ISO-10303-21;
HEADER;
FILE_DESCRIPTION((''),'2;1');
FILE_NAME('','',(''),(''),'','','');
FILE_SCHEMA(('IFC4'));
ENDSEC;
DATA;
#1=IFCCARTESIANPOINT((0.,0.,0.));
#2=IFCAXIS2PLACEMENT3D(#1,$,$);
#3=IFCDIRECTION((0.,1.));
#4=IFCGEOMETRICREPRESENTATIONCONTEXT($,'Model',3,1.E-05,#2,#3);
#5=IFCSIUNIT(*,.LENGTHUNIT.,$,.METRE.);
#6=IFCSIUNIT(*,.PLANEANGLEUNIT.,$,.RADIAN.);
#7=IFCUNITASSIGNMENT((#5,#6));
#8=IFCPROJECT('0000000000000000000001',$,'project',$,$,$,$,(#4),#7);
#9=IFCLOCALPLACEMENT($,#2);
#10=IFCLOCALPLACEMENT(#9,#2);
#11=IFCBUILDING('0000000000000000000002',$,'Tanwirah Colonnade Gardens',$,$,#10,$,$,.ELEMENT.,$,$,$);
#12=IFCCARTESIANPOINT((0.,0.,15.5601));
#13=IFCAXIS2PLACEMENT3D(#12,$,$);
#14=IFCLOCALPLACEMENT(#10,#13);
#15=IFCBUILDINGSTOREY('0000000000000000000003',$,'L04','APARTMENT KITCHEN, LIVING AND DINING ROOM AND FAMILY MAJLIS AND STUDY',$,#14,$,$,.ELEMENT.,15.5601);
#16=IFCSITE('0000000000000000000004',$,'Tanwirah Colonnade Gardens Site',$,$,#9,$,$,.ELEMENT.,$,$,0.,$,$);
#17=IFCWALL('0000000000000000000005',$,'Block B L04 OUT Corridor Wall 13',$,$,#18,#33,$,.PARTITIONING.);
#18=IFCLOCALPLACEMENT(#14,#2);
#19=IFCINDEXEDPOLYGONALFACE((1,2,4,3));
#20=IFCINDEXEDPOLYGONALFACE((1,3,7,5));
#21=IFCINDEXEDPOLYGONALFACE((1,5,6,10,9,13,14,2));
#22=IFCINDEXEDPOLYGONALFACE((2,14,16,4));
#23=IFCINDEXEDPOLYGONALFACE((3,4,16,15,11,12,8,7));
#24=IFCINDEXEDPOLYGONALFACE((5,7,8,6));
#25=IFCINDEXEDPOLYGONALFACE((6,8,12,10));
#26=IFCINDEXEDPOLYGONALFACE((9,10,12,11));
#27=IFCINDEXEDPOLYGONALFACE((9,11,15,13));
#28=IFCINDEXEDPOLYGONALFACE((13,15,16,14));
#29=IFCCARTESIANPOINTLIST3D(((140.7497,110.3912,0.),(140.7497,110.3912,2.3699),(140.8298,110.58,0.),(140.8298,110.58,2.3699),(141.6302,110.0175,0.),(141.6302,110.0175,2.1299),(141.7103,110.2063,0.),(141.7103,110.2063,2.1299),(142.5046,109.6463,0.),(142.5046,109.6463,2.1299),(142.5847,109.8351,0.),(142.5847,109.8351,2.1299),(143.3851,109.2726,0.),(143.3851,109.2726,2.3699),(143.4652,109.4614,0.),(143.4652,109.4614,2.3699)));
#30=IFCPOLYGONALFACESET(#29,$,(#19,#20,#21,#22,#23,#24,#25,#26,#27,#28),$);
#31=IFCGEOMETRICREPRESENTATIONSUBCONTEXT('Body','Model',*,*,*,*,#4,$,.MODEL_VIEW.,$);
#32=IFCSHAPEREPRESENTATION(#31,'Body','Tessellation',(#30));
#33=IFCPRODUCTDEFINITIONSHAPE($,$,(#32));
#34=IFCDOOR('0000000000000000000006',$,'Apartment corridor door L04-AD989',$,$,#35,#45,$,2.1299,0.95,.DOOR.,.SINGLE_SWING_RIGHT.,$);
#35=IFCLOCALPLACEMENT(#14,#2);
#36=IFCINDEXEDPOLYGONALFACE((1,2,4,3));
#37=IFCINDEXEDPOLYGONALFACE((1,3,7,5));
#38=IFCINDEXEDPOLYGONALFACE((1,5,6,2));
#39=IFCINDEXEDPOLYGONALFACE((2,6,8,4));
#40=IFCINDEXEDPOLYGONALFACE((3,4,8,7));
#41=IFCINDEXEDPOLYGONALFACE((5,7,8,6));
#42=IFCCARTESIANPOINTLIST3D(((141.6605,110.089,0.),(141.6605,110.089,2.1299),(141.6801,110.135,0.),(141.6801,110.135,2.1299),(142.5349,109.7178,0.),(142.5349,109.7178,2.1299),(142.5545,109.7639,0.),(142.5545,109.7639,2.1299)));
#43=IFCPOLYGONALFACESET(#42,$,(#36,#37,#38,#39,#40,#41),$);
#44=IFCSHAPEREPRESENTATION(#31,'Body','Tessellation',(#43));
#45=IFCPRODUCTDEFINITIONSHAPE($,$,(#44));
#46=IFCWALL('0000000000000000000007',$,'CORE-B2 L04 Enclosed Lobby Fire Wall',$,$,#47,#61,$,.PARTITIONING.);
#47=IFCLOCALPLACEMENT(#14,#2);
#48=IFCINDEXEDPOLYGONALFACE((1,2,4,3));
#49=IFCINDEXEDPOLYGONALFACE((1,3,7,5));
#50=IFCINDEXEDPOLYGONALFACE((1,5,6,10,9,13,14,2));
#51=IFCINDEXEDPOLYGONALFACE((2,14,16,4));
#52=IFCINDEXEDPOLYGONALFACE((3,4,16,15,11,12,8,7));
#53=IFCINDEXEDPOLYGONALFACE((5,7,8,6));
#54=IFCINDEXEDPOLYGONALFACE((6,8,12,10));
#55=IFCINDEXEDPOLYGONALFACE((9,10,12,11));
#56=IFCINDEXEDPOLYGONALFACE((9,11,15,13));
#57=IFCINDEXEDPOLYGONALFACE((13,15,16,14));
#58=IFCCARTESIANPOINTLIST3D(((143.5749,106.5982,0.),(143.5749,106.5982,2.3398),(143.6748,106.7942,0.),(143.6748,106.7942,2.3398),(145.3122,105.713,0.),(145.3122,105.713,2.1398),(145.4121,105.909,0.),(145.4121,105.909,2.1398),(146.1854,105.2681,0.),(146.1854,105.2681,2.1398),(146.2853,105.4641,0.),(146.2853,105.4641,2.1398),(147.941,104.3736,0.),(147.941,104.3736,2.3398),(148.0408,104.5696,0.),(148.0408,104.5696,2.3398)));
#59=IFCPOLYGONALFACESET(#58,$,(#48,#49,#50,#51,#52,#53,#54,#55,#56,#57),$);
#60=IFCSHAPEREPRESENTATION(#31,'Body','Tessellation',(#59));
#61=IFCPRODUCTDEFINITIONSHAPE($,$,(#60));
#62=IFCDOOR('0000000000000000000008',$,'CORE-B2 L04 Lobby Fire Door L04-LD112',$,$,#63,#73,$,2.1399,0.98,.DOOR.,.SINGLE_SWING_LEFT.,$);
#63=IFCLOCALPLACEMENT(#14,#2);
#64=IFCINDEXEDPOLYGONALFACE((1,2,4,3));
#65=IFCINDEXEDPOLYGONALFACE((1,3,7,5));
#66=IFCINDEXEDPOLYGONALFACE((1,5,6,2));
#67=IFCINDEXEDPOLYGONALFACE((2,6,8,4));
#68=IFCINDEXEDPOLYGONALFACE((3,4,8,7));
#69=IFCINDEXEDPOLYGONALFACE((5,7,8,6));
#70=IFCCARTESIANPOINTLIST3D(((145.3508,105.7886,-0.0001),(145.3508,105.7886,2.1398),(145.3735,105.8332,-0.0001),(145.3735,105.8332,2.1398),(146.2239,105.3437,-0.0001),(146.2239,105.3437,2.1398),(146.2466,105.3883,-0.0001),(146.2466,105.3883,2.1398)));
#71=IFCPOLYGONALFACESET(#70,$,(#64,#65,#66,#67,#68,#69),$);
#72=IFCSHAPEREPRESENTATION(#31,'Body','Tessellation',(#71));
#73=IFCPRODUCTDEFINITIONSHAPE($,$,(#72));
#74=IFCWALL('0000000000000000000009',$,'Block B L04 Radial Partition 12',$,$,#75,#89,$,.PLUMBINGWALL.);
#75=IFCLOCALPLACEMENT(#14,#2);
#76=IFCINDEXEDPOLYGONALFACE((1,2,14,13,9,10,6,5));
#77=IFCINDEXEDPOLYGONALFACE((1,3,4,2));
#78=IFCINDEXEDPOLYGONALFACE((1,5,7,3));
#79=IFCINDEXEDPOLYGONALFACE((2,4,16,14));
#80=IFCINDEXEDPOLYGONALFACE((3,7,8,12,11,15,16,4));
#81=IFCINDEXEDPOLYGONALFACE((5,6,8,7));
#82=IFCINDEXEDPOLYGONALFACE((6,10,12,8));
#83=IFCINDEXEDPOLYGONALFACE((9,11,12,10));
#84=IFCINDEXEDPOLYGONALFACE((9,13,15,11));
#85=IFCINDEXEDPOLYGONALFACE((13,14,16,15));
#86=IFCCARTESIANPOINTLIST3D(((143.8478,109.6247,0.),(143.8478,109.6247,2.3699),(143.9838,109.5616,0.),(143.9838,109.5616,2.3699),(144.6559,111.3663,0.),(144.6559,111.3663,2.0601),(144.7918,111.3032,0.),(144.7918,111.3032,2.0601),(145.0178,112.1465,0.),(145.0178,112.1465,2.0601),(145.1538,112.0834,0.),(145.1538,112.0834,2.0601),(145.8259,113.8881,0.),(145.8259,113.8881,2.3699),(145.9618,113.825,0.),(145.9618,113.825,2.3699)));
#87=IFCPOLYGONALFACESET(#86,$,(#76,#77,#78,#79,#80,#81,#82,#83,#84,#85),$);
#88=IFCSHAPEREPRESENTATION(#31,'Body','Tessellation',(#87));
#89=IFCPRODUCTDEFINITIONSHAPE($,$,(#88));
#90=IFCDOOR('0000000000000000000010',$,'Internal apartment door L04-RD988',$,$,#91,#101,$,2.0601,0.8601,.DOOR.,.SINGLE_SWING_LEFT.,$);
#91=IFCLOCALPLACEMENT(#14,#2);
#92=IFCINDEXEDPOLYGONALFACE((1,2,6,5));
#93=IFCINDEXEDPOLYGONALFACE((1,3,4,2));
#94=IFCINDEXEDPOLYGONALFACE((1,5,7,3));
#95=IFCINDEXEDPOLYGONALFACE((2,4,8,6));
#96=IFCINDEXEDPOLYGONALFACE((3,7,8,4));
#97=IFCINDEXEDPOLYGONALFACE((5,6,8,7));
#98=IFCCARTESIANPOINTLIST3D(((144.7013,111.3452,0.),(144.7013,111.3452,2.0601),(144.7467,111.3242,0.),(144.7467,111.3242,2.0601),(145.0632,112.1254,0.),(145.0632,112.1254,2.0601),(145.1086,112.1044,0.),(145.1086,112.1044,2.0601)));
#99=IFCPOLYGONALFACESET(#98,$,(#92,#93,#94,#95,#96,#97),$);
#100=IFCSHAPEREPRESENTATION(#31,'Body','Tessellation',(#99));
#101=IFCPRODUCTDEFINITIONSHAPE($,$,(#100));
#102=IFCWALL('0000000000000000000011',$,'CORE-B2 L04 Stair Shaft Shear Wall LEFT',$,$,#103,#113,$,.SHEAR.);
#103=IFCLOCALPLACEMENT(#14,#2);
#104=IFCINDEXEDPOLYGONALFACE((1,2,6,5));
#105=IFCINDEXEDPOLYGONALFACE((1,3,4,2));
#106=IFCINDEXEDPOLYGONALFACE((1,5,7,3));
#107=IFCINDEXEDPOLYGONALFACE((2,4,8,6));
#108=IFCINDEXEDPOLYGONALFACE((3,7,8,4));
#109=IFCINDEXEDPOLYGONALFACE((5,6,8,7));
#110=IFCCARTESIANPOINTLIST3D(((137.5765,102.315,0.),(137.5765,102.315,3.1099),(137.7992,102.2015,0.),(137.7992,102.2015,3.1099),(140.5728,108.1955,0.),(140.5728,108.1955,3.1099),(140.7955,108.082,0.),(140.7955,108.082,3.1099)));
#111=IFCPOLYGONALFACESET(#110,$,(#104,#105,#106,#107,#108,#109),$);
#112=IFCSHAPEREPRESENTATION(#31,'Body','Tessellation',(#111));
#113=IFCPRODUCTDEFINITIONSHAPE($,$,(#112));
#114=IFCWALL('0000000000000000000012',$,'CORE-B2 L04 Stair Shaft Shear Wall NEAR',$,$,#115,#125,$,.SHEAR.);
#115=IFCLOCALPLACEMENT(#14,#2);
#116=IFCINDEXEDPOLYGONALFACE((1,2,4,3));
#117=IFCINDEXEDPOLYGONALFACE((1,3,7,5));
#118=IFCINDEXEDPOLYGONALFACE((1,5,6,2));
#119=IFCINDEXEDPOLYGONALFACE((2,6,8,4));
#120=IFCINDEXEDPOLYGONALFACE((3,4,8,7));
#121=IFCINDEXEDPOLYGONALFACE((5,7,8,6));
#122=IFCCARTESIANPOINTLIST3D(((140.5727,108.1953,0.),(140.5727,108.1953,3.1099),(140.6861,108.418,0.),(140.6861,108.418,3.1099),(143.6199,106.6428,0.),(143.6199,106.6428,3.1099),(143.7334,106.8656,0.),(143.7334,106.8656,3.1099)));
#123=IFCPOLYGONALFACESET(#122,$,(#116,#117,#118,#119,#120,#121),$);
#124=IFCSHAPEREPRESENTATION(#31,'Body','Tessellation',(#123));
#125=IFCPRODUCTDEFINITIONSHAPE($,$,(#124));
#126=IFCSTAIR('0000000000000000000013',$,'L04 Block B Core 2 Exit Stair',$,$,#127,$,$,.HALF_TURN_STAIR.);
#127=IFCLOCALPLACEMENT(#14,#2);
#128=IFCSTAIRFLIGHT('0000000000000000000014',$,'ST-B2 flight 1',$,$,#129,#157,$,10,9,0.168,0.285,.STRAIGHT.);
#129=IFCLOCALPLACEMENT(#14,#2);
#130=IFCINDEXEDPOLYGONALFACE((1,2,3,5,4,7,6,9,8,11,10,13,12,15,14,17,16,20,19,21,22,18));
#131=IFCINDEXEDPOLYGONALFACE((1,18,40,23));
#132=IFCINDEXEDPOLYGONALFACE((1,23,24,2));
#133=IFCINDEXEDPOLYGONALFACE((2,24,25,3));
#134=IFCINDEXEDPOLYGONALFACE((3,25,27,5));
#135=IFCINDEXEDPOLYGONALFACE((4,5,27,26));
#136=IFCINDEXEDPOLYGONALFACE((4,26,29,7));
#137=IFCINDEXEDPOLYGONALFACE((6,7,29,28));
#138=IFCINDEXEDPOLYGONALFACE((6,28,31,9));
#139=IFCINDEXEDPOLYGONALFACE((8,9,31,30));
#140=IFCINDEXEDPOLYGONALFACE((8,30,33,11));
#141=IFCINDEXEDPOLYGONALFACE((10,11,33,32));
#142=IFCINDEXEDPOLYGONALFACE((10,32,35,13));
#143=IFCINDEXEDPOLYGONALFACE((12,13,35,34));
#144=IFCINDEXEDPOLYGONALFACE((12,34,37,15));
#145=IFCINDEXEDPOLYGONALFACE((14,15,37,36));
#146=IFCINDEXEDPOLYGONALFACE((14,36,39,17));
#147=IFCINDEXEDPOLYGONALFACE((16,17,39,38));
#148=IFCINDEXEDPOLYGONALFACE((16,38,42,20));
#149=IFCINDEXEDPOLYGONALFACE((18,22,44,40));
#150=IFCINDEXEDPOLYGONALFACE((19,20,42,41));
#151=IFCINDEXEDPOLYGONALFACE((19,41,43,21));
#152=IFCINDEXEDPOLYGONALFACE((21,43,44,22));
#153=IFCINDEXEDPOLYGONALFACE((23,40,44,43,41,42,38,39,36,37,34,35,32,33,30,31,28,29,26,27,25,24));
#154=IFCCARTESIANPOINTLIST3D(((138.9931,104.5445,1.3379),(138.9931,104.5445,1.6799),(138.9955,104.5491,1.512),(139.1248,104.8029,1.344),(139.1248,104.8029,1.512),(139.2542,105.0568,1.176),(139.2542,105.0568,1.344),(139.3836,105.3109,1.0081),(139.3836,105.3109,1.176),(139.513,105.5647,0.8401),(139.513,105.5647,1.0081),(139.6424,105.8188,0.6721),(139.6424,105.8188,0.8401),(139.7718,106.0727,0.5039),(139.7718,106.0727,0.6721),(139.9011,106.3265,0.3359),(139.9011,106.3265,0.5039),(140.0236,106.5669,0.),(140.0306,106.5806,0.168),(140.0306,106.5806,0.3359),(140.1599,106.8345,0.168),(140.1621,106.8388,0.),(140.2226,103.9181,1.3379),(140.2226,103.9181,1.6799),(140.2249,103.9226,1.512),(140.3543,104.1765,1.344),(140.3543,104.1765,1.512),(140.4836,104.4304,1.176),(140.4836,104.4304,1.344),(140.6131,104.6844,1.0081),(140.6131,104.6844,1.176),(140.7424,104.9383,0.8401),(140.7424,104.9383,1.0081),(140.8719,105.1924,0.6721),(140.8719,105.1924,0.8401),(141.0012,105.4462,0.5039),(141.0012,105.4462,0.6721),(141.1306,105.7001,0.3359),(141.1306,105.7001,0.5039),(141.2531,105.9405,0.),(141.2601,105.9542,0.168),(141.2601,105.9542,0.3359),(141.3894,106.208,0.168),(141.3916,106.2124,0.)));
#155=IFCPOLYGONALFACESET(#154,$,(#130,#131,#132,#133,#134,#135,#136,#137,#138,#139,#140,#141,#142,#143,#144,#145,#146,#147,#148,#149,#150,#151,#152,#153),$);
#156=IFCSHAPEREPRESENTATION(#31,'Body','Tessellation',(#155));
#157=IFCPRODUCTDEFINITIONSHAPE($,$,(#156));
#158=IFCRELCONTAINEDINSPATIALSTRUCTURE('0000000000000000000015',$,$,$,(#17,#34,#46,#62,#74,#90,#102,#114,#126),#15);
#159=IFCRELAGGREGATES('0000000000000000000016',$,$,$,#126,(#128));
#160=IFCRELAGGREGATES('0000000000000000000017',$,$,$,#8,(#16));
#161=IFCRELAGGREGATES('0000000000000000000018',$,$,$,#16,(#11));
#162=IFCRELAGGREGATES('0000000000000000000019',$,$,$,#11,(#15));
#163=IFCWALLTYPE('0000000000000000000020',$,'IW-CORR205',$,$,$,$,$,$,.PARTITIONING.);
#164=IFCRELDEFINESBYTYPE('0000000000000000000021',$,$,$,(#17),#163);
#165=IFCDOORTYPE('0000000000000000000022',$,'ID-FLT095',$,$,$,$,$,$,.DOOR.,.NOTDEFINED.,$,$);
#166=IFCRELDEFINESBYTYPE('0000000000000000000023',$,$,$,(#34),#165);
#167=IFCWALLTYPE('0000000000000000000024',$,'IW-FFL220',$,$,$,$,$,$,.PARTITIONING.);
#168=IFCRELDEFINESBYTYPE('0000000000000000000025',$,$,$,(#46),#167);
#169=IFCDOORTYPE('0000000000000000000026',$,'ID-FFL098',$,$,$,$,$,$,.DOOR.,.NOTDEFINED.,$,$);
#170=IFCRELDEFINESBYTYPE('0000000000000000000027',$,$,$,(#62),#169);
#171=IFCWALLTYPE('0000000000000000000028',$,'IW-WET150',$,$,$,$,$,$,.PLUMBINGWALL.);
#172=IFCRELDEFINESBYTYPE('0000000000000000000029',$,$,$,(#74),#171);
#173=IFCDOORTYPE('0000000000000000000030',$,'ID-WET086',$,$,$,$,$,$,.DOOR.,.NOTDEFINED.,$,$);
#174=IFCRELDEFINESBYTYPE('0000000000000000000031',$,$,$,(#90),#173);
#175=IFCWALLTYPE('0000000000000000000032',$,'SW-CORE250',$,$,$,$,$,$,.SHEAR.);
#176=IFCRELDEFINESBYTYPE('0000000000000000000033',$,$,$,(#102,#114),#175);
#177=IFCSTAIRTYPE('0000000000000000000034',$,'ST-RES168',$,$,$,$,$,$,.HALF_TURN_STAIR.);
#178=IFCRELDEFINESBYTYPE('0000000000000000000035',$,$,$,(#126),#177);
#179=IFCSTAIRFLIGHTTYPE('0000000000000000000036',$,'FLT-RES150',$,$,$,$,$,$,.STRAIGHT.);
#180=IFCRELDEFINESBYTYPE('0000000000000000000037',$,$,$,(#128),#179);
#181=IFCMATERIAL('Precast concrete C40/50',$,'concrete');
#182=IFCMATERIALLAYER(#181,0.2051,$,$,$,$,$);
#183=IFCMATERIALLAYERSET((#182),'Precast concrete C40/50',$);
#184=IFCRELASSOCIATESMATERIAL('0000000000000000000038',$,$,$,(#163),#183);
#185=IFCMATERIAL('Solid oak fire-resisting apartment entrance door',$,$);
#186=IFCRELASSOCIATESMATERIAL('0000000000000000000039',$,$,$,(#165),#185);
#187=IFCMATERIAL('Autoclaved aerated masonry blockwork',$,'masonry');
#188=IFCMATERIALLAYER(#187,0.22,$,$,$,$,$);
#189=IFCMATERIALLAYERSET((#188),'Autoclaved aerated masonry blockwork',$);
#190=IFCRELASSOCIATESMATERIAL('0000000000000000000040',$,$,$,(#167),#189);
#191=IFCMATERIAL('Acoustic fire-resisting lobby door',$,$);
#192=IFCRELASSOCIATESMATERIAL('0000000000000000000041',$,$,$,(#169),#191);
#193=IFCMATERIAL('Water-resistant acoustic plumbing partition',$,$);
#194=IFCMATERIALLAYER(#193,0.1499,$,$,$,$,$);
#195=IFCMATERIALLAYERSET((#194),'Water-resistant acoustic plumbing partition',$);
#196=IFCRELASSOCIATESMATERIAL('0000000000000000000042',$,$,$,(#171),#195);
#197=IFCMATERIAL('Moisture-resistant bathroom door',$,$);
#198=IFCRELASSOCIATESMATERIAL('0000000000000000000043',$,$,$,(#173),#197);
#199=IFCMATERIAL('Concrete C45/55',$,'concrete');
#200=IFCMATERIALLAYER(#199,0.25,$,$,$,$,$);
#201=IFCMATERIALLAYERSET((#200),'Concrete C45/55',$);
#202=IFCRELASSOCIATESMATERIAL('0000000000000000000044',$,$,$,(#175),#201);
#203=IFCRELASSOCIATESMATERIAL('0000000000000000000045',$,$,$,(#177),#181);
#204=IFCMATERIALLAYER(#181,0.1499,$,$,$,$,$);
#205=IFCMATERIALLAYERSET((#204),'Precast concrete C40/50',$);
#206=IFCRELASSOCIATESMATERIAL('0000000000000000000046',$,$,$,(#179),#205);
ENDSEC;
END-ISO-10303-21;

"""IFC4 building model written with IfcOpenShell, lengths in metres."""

from ifc_helpers import new_model, si_unit, direction, frame, frame_2d, origin, place, context, subcontext, project, spatial, polyline, rectangle, outline, extrude, material, layer, layer_set, type_object, element, fill, aggregate, save


model = new_model("IFC4")

# Units and contexts
model_context = context("Model", 3, precision=1e-05, world=origin(), true_north=direction((0.0, 1.0)))
body_context = subcontext(model_context, "Body", "Model", "MODEL_VIEW")
ifc_project = project(units=[si_unit("LENGTHUNIT", "METRE"), si_unit("PLANEANGLEUNIT", "RADIAN")], contexts=[model_context])

# Site, building, storey
site_placement = place(None, origin())
site = spatial("IfcSite", under=ifc_project, at=site_placement, Name="Tanwirah Colonnade Gardens Site", CompositionType="ELEMENT", RefElevation=0.0)
building_placement = place(site_placement, origin())
building = spatial("IfcBuilding", under=site, at=building_placement, Name="Tanwirah Colonnade Gardens", CompositionType="ELEMENT")
storey_placement = place(building_placement, frame((0.0, 0.0, 15.5601)))
storey = spatial("IfcBuildingStorey", under=building, at=storey_placement, Name="L04", Description="APARTMENT KITCHEN, LIVING AND DINING ROOM AND FAMILY MAJLIS AND STUDY", CompositionType="ELEMENT", Elevation=15.5601)

# Shared definitions
ifc_material_1 = material(Name="Precast concrete C40/50", Category="concrete")

# Walls, openings, doors
ifc_layer_1 = layer(ifc_material_1, 0.2051)
ifc_layer_set_1 = layer_set([ifc_layer_1], Name="Precast concrete C40/50")
wall_type_1 = type_object("IfcWallType", Name="IW-CORR205", PredefinedType="PARTITIONING", material=ifc_layer_set_1)
wall_1_placement = place(storey_placement, frame((143.4253, 109.3669, 0.0), z_axis=(0.0, 0.0, 1.0), x_axis=(-0.920511, 0.390716, 0.0)))
wall_1 = element("IfcWall", 1, at=wall_1_placement, inside=storey, type_object=wall_type_1, Name="Block B L04 OUT Corridor Wall 13", PredefinedType="PARTITIONING", context=body_context, shape_type="SweptSolid", body=[
    extrude(rectangle(XDim=2.863, YDim=0.2051, at=frame_2d((1.4316, 0.0))), origin(), (0.0, 0.0, 1.0), 2.3699),
])
opening_1_placement = place(wall_1_placement, frame((0.9565, 0.0, 0.0)))
opening_1 = element("IfcOpeningElement", 2, at=opening_1_placement, cuts=wall_1, PredefinedType="OPENING", context=body_context, shape_type="SweptSolid", body=[
    extrude(rectangle(XDim=0.95, YDim=2.1299, at=frame_2d((0.4751, 1.0649))), frame((0.0, 0.1125, 0.0), z_axis=(0.0, -1.0, 0.0), x_axis=(1.0, 0.0, 0.0)), (0.0, 0.0, 1.0), 0.2251),
])
ifc_material_2 = material(Name="Solid oak fire-resisting apartment entrance door")
door_type_1 = type_object("IfcDoorType", Name="ID-FLT095", OperationType="NOTDEFINED", PredefinedType="DOOR", material=ifc_material_2)
door_1_placement = place(opening_1_placement, origin())
door_1 = element("IfcDoor", 3, at=door_1_placement, inside=storey, type_object=door_type_1, Name="Apartment corridor door L04-AD989", OperationType="SINGLE_SWING_RIGHT", OverallHeight=2.1299, OverallWidth=0.95, PredefinedType="DOOR", context=body_context, shape_type="SweptSolid", body=[
    extrude(rectangle(XDim=0.95, YDim=2.1299, at=frame_2d((0.4751, 1.0649))), frame((0.0, 0.0249, 0.0), z_axis=(0.0, -1.0, 0.0), x_axis=(1.0, 0.0, 0.0)), (0.0, 0.0, 1.0), 0.05),
])
fill(opening_1, door_1)
ifc_material_3 = material(Name="Autoclaved aerated masonry blockwork", Category="masonry")
ifc_layer_2 = layer(ifc_material_3, 0.22)
ifc_layer_set_2 = layer_set([ifc_layer_2], Name="Autoclaved aerated masonry blockwork")
wall_type_2 = type_object("IfcWallType", Name="IW-FFL220", PredefinedType="PARTITIONING", material=ifc_layer_set_2)
wall_2_placement = place(storey_placement, frame((143.6248, 106.6963, 0.0), z_axis=(0.0, 0.0, 1.0), x_axis=(0.891003, -0.453997, 0.0)))
wall_2 = element("IfcWall", 4, at=wall_2_placement, inside=storey, type_object=wall_type_2, Name="CORE-B2 L04 Enclosed Lobby Fire Wall", PredefinedType="PARTITIONING", context=body_context, shape_type="SweptSolid", body=[
    extrude(rectangle(XDim=4.9001, YDim=0.22, at=frame_2d((2.4502, 0.0))), origin(), (0.0, 0.0, 1.0), 2.3398),
])
opening_2_placement = place(wall_2_placement, frame((1.95, 0.0, 0.0)))
opening_2 = element("IfcOpeningElement", 5, at=opening_2_placement, cuts=wall_2, PredefinedType="OPENING", context=body_context, shape_type="SweptSolid", body=[
    extrude(rectangle(XDim=0.98, YDim=2.1399, at=frame_2d((0.49, 1.0698))), frame((0.0, 0.1199, 0.0), z_axis=(0.0, -1.0, 0.0), x_axis=(1.0, 0.0, 0.0)), (0.0, 0.0, 1.0), 0.24),
])
ifc_material_4 = material(Name="Acoustic fire-resisting lobby door")
door_type_2 = type_object("IfcDoorType", Name="ID-FFL098", OperationType="NOTDEFINED", PredefinedType="DOOR", material=ifc_material_4)
door_2_placement = place(opening_2_placement, origin())
door_2 = element("IfcDoor", 6, at=door_2_placement, inside=storey, type_object=door_type_2, Name="CORE-B2 L04 Lobby Fire Door L04-LD112", OperationType="SINGLE_SWING_LEFT", OverallHeight=2.1399, OverallWidth=0.98, PredefinedType="DOOR", context=body_context, shape_type="SweptSolid", body=[
    extrude(rectangle(XDim=0.98, YDim=2.1399, at=frame_2d((0.49, 1.0698))), frame((0.0, 0.0249, 0.0), z_axis=(0.0, -1.0, 0.0), x_axis=(1.0, 0.0, 0.0)), (0.0, 0.0, 1.0), 0.05),
])
fill(opening_2, door_2)
ifc_material_5 = material(Name="Water-resistant acoustic plumbing partition")
ifc_layer_3 = layer(ifc_material_5, 0.1499)
ifc_layer_set_3 = layer_set([ifc_layer_3], Name="Water-resistant acoustic plumbing partition")
wall_type_3 = type_object("IfcWallType", Name="IW-WET150", PredefinedType="PLUMBINGWALL", material=ifc_layer_set_3)
wall_3_placement = place(storey_placement, frame((143.9158, 109.593, 0.0), z_axis=(0.0, 0.0, 1.0), x_axis=(0.420863, 0.907124, 0.0)))
wall_3 = element("IfcWall", 7, at=wall_3_placement, inside=storey, type_object=wall_type_3, Name="Block B L04 Radial Partition 12", PredefinedType="PLUMBINGWALL", context=body_context, shape_type="SweptSolid", body=[
    extrude(rectangle(XDim=4.7, YDim=0.1499, at=frame_2d((2.3501, 0.0))), origin(), (0.0, 0.0, 1.0), 2.3699),
])
opening_3_placement = place(wall_3_placement, frame((1.9199, 0.0, 0.0)))
opening_3 = element("IfcOpeningElement", 8, at=opening_3_placement, cuts=wall_3, PredefinedType="OPENING", context=body_context, shape_type="SweptSolid", body=[
    extrude(rectangle(XDim=0.8601, YDim=2.0601, at=frame_2d((0.4302, 1.03))), frame((0.0, 0.085, 0.0), z_axis=(0.0, -1.0, 0.0), x_axis=(1.0, 0.0, 0.0)), (0.0, 0.0, 1.0), 0.1699),
])
ifc_material_6 = material(Name="Moisture-resistant bathroom door")
door_type_3 = type_object("IfcDoorType", Name="ID-WET086", OperationType="NOTDEFINED", PredefinedType="DOOR", material=ifc_material_6)
door_3_placement = place(opening_3_placement, origin())
door_3 = element("IfcDoor", 9, at=door_3_placement, inside=storey, type_object=door_type_3, Name="Internal apartment door L04-RD988", OperationType="SINGLE_SWING_LEFT", OverallHeight=2.0601, OverallWidth=0.8601, PredefinedType="DOOR", context=body_context, shape_type="SweptSolid", body=[
    extrude(rectangle(XDim=0.8601, YDim=2.0601, at=frame_2d((0.4302, 1.03))), frame((0.0, 0.0249, 0.0), z_axis=(0.0, -1.0, 0.0), x_axis=(1.0, 0.0, 0.0)), (0.0, 0.0, 1.0), 0.05),
])
fill(opening_3, door_3)

# Walls
ifc_material_7 = material(Name="Concrete C45/55", Category="concrete")
ifc_layer_4 = layer(ifc_material_7, 0.25)
ifc_layer_set_4 = layer_set([ifc_layer_4], Name="Concrete C45/55")
wall_type_4 = type_object("IfcWallType", Name="SW-CORE250", PredefinedType="SHEAR", material=ifc_layer_set_4)
wall_4_placement = place(storey_placement, frame((140.6841, 108.1387, 0.0), z_axis=(0.0, 0.0, 1.0), x_axis=(-0.453992, -0.891006, 0.0)))
element("IfcWall", 10, at=wall_4_placement, inside=storey, type_object=wall_type_4, Name="CORE-B2 L04 Stair Shaft Shear Wall LEFT", PredefinedType="SHEAR", context=body_context, shape_type="SweptSolid", body=[
    extrude(rectangle(XDim=6.5999, YDim=0.25, at=frame_2d((3.2998, 0.0))), origin(), (0.0, 0.0, 1.0), 3.1099),
])
wall_5_placement = place(storey_placement, frame((140.6294, 108.3066, 0.0), z_axis=(0.0, 0.0, 1.0), x_axis=(0.891032, -0.45394, 0.0)))
element("IfcWall", 11, at=wall_5_placement, inside=storey, type_object=wall_type_4, Name="CORE-B2 L04 Stair Shaft Shear Wall NEAR", PredefinedType="SHEAR", context=body_context, shape_type="SweptSolid", body=[
    extrude(rectangle(XDim=3.4199, YDim=0.25, at=frame_2d((1.71, 0.0))), origin(), (0.0, 0.0, 1.0), 3.1099),
])

# Stair, stair flight
stair_type = type_object("IfcStairType", Name="ST-RES168", PredefinedType="HALF_TURN_STAIR", material=ifc_material_1)
stair_placement = place(storey_placement, origin())
stair = element("IfcStair", 12, at=stair_placement, inside=storey, type_object=stair_type, Name="L04 Block B Core 2 Exit Stair", PredefinedType="HALF_TURN_STAIR")
ifc_layer_5 = layer(ifc_material_1, 0.1499)
ifc_layer_set_5 = layer_set([ifc_layer_5], Name="Precast concrete C40/50")
stair_flight_type = type_object("IfcStairFlightType", Name="FLT-RES150", PredefinedType="STRAIGHT", material=ifc_layer_set_5)
stair_flight_placement = place(storey_placement, frame((140.7747, 106.5212, 0.0), z_axis=(0.0, 0.0, 1.0), x_axis=(-0.45399, -0.891007, 0.0)))
stair_flight = element("IfcStairFlight", 13, at=stair_flight_placement, type_object=stair_flight_type, Name="ST-B2 flight 1", NumberOfRisers=10, NumberOfTreads=9, PredefinedType="STRAIGHT", RiserHeight=0.168, TreadLength=0.285, context=body_context, shape_type="SweptSolid", body=[
    extrude(outline(polyline([(-0.0049, 0.0), (0.0, 0.168), (0.2849, 0.168), (0.2849, 0.3359), (0.5701, 0.3359), (0.5701, 0.5039), (0.855, 0.5039), (0.855, 0.6721), (1.1399, 0.6721), (1.1399, 0.8401), (1.425, 0.8401), (1.425, 1.0081), (1.71, 1.0081), (1.71, 1.176), (1.9951, 1.176), (1.9951, 1.344), (2.28, 1.344), (2.28, 1.512), (2.5649, 1.512), (2.5701, 1.6799), (2.5701, 1.3379), (0.3003, 0.0), (-0.0049, 0.0)])), frame((0.0, 0.6899, 0.0), z_axis=(0.0, -1.0, 0.0), x_axis=(1.0, 0.0, 0.0)), (0.0, 0.0, 1.0), 1.3799),
])
aggregate(stair, [stair_flight])

save(model, "model.ifc")
